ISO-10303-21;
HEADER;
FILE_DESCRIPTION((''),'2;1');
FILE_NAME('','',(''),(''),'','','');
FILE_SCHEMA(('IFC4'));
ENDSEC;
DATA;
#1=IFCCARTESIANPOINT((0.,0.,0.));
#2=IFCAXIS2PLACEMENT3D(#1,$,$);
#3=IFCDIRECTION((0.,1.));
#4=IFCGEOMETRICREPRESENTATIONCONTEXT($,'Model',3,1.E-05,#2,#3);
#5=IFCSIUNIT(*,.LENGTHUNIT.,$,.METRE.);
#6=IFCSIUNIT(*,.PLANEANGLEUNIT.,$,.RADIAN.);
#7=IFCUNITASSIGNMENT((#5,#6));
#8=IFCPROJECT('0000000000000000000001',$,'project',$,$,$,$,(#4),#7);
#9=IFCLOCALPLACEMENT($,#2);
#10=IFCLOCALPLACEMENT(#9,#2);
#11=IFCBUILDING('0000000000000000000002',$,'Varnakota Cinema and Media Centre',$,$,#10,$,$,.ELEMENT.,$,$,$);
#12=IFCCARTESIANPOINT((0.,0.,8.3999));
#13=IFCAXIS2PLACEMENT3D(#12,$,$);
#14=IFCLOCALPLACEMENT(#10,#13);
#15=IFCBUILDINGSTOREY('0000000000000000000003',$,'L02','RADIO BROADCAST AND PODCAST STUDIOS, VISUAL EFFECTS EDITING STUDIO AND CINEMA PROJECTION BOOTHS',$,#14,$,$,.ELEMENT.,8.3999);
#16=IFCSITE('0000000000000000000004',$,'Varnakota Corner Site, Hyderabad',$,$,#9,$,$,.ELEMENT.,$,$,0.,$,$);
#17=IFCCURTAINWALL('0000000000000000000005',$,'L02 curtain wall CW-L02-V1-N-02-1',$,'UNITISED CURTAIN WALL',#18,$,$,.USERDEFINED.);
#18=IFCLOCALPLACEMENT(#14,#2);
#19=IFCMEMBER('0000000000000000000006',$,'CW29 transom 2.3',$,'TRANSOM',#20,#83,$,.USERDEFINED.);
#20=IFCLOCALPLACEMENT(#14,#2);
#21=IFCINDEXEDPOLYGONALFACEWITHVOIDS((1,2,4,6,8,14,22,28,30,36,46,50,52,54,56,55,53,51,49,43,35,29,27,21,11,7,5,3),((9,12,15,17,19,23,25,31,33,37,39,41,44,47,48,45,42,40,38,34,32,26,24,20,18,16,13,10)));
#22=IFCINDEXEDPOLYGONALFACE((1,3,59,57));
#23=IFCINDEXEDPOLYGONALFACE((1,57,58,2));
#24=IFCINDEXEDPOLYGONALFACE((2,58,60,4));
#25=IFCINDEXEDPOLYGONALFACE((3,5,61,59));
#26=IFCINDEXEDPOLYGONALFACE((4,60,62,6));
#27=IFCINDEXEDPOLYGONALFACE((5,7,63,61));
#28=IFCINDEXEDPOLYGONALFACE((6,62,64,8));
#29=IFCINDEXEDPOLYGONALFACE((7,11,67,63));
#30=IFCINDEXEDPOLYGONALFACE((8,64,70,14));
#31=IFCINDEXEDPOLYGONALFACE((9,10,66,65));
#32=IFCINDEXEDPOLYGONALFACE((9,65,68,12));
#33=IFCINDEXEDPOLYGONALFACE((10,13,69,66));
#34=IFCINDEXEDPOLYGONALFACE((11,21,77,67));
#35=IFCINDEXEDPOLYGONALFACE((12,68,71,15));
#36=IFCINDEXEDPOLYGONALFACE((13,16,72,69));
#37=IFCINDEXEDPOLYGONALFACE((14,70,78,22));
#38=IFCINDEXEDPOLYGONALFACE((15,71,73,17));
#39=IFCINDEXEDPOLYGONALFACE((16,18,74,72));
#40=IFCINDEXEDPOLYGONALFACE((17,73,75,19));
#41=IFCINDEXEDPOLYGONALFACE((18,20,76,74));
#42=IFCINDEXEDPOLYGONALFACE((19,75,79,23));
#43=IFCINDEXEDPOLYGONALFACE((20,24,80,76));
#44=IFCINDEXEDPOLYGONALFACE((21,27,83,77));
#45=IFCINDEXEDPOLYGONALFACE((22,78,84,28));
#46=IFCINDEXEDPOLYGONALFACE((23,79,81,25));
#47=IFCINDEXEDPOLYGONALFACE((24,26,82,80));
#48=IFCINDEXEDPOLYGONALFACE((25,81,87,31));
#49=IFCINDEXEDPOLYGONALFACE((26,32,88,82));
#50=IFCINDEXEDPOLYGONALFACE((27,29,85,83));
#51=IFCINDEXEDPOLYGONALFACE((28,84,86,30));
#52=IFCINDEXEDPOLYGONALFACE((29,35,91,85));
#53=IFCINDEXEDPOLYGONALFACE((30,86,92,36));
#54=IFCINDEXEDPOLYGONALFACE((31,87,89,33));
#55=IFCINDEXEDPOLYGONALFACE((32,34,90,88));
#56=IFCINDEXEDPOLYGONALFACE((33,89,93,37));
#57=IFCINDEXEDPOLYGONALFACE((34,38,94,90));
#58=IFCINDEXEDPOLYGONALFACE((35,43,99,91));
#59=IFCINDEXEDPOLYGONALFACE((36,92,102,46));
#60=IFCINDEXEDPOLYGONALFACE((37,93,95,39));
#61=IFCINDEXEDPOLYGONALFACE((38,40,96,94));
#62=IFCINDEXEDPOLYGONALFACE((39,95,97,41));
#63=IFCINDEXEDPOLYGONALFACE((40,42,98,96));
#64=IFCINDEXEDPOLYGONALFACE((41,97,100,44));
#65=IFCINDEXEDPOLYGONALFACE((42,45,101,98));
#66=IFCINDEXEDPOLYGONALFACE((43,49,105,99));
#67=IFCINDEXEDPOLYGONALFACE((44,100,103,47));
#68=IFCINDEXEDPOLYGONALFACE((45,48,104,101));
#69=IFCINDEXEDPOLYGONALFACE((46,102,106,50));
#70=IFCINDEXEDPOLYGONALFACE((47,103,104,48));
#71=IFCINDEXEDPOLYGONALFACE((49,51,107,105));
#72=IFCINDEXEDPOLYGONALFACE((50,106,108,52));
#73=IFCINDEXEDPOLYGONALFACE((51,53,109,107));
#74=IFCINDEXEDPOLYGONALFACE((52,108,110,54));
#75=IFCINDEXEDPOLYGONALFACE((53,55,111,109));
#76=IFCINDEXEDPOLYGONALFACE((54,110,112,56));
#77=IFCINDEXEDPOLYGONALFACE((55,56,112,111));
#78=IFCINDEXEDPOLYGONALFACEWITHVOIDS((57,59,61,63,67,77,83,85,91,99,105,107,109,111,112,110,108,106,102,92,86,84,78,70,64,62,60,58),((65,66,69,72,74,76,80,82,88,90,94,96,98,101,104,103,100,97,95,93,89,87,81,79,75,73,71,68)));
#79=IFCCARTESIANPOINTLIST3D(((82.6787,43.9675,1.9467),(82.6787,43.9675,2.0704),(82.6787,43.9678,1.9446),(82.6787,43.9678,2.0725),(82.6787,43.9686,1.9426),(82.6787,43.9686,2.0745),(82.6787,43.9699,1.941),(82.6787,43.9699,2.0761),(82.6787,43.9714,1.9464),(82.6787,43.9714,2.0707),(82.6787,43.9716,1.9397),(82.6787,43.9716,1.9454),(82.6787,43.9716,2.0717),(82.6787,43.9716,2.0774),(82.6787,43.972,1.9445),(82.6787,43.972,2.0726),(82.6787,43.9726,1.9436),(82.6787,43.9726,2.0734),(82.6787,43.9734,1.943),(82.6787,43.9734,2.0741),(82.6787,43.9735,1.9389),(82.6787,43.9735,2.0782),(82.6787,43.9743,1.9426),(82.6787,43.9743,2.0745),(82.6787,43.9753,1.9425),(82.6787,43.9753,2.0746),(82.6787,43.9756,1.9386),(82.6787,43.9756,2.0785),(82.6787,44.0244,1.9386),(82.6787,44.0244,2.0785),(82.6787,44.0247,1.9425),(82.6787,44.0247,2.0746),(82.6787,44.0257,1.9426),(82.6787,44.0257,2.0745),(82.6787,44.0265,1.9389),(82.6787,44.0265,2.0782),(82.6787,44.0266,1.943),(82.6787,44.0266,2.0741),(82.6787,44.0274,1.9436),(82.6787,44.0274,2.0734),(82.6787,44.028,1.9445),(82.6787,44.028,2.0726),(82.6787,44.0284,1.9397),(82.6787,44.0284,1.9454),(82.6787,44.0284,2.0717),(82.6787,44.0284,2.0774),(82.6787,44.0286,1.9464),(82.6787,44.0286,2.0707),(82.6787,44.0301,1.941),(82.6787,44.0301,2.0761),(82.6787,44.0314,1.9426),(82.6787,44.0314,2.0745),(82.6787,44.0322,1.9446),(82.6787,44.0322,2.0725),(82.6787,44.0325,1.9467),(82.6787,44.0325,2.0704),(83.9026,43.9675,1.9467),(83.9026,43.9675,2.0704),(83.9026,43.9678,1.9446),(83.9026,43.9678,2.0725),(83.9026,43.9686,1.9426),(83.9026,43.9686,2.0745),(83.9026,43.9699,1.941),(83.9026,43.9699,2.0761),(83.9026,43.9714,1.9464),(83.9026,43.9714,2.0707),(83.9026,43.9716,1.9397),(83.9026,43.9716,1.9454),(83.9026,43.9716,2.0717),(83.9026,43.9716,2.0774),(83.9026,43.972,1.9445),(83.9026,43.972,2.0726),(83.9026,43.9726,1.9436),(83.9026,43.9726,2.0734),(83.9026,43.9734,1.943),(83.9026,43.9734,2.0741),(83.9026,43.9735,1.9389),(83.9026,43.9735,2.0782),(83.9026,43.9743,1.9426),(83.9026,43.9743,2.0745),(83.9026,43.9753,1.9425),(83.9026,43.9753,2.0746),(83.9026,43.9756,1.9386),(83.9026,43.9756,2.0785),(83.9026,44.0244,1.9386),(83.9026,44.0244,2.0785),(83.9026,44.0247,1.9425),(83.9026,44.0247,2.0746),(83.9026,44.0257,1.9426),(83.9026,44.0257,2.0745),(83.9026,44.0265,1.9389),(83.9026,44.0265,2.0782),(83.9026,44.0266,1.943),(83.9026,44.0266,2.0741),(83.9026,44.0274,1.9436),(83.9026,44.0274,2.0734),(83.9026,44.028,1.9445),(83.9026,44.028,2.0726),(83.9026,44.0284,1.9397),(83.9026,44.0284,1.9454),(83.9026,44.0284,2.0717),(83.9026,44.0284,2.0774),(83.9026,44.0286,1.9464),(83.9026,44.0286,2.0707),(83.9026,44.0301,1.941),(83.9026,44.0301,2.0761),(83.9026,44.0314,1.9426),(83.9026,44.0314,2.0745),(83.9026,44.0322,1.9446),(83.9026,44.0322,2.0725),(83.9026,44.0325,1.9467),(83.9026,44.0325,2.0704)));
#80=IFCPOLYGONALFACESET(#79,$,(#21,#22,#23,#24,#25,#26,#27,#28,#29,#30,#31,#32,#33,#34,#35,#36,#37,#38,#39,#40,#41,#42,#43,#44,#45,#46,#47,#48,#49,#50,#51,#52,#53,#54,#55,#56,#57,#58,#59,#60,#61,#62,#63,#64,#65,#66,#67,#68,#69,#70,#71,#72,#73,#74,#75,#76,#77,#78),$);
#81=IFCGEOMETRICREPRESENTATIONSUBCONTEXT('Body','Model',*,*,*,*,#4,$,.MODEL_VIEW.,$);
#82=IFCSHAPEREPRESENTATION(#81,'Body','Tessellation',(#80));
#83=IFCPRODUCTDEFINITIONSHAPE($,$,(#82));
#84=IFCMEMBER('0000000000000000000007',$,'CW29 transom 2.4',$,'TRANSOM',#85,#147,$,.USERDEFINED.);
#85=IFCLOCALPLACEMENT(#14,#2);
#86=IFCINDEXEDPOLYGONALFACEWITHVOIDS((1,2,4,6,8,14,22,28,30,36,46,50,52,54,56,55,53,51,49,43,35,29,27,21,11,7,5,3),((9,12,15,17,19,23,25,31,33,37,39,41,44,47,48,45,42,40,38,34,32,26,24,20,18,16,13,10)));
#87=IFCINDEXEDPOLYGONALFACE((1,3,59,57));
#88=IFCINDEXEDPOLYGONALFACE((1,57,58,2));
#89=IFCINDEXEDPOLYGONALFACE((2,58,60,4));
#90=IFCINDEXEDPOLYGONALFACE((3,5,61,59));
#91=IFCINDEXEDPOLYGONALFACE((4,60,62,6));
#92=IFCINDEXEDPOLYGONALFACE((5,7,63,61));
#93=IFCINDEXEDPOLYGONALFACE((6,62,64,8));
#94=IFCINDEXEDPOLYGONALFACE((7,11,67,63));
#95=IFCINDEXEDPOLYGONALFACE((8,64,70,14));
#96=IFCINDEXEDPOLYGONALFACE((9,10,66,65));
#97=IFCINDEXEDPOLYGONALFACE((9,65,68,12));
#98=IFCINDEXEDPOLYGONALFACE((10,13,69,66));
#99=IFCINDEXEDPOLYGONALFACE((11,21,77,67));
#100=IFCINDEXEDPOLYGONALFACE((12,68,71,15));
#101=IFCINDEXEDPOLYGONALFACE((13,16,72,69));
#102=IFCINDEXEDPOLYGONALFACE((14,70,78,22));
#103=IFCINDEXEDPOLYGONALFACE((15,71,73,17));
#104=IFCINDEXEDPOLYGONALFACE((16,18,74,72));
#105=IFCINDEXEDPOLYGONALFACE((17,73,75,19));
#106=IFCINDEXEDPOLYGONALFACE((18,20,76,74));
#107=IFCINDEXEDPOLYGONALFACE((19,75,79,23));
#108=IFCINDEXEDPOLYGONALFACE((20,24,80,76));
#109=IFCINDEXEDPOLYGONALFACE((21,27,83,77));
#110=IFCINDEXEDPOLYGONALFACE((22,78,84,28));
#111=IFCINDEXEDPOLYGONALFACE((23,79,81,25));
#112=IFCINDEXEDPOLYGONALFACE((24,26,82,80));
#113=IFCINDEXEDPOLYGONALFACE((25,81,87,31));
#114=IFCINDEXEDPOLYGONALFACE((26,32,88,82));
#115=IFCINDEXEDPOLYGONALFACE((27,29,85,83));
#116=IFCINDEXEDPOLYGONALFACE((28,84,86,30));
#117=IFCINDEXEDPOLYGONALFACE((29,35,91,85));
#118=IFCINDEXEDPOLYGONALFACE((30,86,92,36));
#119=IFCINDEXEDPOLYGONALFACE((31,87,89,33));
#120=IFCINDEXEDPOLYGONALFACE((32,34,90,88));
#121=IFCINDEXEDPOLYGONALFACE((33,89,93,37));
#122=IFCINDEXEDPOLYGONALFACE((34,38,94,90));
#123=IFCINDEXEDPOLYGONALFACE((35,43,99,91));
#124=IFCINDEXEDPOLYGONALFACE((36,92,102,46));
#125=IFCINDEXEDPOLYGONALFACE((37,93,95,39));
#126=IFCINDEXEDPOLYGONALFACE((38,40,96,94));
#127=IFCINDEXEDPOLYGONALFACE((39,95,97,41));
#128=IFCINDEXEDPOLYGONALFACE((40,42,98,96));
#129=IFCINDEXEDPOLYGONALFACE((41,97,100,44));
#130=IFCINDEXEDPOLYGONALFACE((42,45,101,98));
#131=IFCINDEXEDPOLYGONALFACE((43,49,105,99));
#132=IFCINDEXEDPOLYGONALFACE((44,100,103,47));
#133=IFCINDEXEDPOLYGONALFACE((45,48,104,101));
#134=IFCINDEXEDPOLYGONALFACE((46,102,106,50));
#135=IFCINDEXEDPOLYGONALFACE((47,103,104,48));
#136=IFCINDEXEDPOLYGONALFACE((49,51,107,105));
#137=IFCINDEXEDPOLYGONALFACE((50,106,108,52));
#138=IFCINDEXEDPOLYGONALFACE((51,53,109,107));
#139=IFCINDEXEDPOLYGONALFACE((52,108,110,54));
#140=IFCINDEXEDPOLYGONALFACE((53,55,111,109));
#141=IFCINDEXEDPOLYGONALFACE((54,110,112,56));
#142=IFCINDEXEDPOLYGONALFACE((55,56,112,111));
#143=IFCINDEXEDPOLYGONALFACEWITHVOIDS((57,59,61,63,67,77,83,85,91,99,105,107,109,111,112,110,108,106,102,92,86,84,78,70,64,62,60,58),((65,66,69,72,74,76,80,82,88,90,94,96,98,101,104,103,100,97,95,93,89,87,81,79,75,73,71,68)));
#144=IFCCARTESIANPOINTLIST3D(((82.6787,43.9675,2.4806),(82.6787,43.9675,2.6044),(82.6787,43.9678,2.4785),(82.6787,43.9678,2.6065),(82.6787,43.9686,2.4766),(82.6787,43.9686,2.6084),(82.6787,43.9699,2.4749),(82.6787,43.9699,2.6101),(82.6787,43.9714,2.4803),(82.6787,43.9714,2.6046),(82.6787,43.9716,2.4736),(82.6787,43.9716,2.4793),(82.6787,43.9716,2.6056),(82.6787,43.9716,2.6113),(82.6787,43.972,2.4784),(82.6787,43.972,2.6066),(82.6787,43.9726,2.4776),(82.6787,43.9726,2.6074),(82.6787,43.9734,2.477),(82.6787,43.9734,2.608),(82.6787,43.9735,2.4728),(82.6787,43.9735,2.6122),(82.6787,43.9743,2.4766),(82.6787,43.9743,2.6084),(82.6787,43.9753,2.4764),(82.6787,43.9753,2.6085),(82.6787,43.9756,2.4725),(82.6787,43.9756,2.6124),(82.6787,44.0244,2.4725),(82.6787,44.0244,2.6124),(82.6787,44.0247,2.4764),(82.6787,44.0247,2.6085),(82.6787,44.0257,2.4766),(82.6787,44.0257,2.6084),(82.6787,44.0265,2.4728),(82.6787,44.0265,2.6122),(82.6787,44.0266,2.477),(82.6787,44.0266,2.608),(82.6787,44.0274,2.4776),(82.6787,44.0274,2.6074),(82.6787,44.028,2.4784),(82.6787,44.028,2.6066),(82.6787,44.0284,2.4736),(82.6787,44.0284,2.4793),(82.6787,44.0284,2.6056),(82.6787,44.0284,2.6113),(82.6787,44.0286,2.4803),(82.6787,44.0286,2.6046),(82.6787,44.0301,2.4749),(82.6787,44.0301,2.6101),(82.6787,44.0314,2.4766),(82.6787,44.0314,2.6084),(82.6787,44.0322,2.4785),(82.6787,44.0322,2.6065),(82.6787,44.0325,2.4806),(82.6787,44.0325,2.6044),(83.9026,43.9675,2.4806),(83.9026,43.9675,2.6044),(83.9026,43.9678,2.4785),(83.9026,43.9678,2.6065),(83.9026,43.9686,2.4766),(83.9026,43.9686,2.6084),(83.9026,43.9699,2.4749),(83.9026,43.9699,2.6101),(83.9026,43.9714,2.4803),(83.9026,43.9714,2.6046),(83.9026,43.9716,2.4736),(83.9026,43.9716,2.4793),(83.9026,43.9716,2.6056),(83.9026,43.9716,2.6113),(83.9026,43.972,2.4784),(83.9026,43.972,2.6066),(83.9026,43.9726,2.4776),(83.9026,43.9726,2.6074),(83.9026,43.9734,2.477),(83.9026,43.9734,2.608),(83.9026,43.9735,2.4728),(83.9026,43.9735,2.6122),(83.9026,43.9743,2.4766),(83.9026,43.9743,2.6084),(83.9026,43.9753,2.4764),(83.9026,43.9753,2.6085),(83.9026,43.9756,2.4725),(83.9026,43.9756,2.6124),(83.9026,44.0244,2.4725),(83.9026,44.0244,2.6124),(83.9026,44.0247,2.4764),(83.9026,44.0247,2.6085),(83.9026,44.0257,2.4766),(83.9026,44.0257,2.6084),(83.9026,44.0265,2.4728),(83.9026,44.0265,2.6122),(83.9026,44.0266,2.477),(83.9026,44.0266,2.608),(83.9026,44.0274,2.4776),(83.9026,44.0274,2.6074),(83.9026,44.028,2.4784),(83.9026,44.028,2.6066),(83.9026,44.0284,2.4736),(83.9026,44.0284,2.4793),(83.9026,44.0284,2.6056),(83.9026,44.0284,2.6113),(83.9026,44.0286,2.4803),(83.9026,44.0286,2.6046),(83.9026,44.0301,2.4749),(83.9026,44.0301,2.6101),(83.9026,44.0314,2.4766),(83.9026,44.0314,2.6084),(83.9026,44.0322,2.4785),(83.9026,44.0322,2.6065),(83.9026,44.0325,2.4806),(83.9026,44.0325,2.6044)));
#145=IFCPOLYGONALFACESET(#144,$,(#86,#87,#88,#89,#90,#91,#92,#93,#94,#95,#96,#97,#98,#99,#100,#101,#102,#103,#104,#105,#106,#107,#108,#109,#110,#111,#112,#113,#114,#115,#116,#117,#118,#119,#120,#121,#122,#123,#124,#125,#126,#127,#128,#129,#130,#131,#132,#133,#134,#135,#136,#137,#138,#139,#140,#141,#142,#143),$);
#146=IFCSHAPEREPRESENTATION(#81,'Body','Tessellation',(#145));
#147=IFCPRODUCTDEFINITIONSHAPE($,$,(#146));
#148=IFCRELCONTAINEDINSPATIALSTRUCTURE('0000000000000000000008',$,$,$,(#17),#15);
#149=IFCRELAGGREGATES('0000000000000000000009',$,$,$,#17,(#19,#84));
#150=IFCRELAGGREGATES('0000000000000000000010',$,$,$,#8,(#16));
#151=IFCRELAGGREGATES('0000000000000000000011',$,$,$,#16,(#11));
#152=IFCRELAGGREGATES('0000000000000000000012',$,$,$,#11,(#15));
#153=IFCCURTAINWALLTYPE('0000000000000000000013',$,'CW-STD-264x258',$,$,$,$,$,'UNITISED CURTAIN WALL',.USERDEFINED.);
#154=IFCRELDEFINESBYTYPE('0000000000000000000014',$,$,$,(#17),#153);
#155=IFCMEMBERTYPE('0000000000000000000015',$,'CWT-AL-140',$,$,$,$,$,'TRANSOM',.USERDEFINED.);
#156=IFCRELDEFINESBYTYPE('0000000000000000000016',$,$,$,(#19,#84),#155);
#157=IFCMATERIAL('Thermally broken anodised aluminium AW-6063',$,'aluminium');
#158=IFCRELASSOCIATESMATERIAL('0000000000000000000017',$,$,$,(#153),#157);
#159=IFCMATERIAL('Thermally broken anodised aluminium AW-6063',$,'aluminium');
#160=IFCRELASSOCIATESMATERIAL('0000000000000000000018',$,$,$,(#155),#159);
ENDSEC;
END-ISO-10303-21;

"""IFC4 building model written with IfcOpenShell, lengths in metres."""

from ifc_helpers import new_model, si_unit, direction, frame, origin, origin_2d, place, context, subcontext, project, spatial, hollow_rectangle, extrude, material, material_profile, profile_set, type_object, element, aggregate, save


model = new_model("IFC4")

# Units and contexts
model_context = context("Model", 3, precision=1e-05, world=origin(), true_north=direction((0.0, 1.0)))
body_context = subcontext(model_context, "Body", "Model", "MODEL_VIEW")
ifc_project = project(units=[si_unit("LENGTHUNIT", "METRE"), si_unit("PLANEANGLEUNIT", "RADIAN")], contexts=[model_context])

# Site, building, storey
site_placement = place(None, origin())
site = spatial("IfcSite", under=ifc_project, at=site_placement, Name="Varnakota Corner Site, Hyderabad", CompositionType="ELEMENT", RefElevation=0.0)
building_placement = place(site_placement, origin())
building = spatial("IfcBuilding", under=site, at=building_placement, Name="Varnakota Cinema and Media Centre", CompositionType="ELEMENT")
storey_placement = place(building_placement, frame((0.0, 0.0, 8.3999)))
storey = spatial("IfcBuildingStorey", under=building, at=storey_placement, Name="L02", Description="RADIO BROADCAST AND PODCAST STUDIOS, VISUAL EFFECTS EDITING STUDIO AND CINEMA PROJECTION BOOTHS", CompositionType="ELEMENT", Elevation=8.3999)

# Curtain wall
ifc_material_1 = material(Name="Thermally broken anodised aluminium AW-6063", Category="aluminium")
curtain_wall_type = type_object("IfcCurtainWallType", Name="CW-STD-264x258", ElementType="UNITISED CURTAIN WALL", PredefinedType="USERDEFINED", material=ifc_material_1)
curtain_wall_1_placement = place(storey_placement, origin())
curtain_wall_1 = element("IfcCurtainWall", 1, at=curtain_wall_1_placement, inside=storey, type_object=curtain_wall_type, Name="L02 curtain wall CW-L02-V1-N-02-1", ObjectType="UNITISED CURTAIN WALL", PredefinedType="USERDEFINED")

# Members
ifc_material_2 = material(Name="Thermally broken anodised aluminium AW-6063", Category="aluminium")
ifc_material_profile_1 = material_profile(ifc_material_2, hollow_rectangle(XDim=0.0649, YDim=0.1399, WallThickness=0.0039, InnerFilletRadius=0.0039, OuterFilletRadius=0.0081, at=origin_2d()), Name="AL-TRANSOM 140x65x4")
ifc_profile_set_1 = profile_set([ifc_material_profile_1], Name="Thermally broken anodised aluminium AW-6063")
member_type_1 = type_object("IfcMemberType", Name="CWT-AL-140", ElementType="TRANSOM", PredefinedType="USERDEFINED", material=ifc_profile_set_1)
member_1_placement = place(storey_placement, frame((82.6787, 44.0, 2.0085), z_axis=(1.0, 0.0, 0.0), x_axis=(0.0, 1.0, 0.0)))
member_1 = element("IfcMember", 2, at=member_1_placement, type_object=member_type_1, Name="CW29 transom 2.3", ObjectType="TRANSOM", PredefinedType="USERDEFINED", context=body_context, shape_type="SweptSolid", body=[
    extrude(hollow_rectangle(XDim=0.0649, YDim=0.1399, WallThickness=0.0039, InnerFilletRadius=0.0039, OuterFilletRadius=0.0081, at=origin_2d()), origin(), (0.0, 0.0, 1.0), 1.2239),
])
member_2_placement = place(storey_placement, frame((82.6787, 44.0, 2.5425), z_axis=(1.0, 0.0, 0.0), x_axis=(0.0, 1.0, 0.0)))
member_2 = element("IfcMember", 3, at=member_2_placement, type_object=member_type_1, Name="CW29 transom 2.4", ObjectType="TRANSOM", PredefinedType="USERDEFINED", context=body_context, shape_type="SweptSolid", body=[
    extrude(hollow_rectangle(XDim=0.0649, YDim=0.1399, WallThickness=0.0039, InnerFilletRadius=0.0039, OuterFilletRadius=0.0081, at=origin_2d()), origin(), (0.0, 0.0, 1.0), 1.2239),
])

aggregate(curtain_wall_1, [member_1, member_2])

save(model, "model.ifc")
